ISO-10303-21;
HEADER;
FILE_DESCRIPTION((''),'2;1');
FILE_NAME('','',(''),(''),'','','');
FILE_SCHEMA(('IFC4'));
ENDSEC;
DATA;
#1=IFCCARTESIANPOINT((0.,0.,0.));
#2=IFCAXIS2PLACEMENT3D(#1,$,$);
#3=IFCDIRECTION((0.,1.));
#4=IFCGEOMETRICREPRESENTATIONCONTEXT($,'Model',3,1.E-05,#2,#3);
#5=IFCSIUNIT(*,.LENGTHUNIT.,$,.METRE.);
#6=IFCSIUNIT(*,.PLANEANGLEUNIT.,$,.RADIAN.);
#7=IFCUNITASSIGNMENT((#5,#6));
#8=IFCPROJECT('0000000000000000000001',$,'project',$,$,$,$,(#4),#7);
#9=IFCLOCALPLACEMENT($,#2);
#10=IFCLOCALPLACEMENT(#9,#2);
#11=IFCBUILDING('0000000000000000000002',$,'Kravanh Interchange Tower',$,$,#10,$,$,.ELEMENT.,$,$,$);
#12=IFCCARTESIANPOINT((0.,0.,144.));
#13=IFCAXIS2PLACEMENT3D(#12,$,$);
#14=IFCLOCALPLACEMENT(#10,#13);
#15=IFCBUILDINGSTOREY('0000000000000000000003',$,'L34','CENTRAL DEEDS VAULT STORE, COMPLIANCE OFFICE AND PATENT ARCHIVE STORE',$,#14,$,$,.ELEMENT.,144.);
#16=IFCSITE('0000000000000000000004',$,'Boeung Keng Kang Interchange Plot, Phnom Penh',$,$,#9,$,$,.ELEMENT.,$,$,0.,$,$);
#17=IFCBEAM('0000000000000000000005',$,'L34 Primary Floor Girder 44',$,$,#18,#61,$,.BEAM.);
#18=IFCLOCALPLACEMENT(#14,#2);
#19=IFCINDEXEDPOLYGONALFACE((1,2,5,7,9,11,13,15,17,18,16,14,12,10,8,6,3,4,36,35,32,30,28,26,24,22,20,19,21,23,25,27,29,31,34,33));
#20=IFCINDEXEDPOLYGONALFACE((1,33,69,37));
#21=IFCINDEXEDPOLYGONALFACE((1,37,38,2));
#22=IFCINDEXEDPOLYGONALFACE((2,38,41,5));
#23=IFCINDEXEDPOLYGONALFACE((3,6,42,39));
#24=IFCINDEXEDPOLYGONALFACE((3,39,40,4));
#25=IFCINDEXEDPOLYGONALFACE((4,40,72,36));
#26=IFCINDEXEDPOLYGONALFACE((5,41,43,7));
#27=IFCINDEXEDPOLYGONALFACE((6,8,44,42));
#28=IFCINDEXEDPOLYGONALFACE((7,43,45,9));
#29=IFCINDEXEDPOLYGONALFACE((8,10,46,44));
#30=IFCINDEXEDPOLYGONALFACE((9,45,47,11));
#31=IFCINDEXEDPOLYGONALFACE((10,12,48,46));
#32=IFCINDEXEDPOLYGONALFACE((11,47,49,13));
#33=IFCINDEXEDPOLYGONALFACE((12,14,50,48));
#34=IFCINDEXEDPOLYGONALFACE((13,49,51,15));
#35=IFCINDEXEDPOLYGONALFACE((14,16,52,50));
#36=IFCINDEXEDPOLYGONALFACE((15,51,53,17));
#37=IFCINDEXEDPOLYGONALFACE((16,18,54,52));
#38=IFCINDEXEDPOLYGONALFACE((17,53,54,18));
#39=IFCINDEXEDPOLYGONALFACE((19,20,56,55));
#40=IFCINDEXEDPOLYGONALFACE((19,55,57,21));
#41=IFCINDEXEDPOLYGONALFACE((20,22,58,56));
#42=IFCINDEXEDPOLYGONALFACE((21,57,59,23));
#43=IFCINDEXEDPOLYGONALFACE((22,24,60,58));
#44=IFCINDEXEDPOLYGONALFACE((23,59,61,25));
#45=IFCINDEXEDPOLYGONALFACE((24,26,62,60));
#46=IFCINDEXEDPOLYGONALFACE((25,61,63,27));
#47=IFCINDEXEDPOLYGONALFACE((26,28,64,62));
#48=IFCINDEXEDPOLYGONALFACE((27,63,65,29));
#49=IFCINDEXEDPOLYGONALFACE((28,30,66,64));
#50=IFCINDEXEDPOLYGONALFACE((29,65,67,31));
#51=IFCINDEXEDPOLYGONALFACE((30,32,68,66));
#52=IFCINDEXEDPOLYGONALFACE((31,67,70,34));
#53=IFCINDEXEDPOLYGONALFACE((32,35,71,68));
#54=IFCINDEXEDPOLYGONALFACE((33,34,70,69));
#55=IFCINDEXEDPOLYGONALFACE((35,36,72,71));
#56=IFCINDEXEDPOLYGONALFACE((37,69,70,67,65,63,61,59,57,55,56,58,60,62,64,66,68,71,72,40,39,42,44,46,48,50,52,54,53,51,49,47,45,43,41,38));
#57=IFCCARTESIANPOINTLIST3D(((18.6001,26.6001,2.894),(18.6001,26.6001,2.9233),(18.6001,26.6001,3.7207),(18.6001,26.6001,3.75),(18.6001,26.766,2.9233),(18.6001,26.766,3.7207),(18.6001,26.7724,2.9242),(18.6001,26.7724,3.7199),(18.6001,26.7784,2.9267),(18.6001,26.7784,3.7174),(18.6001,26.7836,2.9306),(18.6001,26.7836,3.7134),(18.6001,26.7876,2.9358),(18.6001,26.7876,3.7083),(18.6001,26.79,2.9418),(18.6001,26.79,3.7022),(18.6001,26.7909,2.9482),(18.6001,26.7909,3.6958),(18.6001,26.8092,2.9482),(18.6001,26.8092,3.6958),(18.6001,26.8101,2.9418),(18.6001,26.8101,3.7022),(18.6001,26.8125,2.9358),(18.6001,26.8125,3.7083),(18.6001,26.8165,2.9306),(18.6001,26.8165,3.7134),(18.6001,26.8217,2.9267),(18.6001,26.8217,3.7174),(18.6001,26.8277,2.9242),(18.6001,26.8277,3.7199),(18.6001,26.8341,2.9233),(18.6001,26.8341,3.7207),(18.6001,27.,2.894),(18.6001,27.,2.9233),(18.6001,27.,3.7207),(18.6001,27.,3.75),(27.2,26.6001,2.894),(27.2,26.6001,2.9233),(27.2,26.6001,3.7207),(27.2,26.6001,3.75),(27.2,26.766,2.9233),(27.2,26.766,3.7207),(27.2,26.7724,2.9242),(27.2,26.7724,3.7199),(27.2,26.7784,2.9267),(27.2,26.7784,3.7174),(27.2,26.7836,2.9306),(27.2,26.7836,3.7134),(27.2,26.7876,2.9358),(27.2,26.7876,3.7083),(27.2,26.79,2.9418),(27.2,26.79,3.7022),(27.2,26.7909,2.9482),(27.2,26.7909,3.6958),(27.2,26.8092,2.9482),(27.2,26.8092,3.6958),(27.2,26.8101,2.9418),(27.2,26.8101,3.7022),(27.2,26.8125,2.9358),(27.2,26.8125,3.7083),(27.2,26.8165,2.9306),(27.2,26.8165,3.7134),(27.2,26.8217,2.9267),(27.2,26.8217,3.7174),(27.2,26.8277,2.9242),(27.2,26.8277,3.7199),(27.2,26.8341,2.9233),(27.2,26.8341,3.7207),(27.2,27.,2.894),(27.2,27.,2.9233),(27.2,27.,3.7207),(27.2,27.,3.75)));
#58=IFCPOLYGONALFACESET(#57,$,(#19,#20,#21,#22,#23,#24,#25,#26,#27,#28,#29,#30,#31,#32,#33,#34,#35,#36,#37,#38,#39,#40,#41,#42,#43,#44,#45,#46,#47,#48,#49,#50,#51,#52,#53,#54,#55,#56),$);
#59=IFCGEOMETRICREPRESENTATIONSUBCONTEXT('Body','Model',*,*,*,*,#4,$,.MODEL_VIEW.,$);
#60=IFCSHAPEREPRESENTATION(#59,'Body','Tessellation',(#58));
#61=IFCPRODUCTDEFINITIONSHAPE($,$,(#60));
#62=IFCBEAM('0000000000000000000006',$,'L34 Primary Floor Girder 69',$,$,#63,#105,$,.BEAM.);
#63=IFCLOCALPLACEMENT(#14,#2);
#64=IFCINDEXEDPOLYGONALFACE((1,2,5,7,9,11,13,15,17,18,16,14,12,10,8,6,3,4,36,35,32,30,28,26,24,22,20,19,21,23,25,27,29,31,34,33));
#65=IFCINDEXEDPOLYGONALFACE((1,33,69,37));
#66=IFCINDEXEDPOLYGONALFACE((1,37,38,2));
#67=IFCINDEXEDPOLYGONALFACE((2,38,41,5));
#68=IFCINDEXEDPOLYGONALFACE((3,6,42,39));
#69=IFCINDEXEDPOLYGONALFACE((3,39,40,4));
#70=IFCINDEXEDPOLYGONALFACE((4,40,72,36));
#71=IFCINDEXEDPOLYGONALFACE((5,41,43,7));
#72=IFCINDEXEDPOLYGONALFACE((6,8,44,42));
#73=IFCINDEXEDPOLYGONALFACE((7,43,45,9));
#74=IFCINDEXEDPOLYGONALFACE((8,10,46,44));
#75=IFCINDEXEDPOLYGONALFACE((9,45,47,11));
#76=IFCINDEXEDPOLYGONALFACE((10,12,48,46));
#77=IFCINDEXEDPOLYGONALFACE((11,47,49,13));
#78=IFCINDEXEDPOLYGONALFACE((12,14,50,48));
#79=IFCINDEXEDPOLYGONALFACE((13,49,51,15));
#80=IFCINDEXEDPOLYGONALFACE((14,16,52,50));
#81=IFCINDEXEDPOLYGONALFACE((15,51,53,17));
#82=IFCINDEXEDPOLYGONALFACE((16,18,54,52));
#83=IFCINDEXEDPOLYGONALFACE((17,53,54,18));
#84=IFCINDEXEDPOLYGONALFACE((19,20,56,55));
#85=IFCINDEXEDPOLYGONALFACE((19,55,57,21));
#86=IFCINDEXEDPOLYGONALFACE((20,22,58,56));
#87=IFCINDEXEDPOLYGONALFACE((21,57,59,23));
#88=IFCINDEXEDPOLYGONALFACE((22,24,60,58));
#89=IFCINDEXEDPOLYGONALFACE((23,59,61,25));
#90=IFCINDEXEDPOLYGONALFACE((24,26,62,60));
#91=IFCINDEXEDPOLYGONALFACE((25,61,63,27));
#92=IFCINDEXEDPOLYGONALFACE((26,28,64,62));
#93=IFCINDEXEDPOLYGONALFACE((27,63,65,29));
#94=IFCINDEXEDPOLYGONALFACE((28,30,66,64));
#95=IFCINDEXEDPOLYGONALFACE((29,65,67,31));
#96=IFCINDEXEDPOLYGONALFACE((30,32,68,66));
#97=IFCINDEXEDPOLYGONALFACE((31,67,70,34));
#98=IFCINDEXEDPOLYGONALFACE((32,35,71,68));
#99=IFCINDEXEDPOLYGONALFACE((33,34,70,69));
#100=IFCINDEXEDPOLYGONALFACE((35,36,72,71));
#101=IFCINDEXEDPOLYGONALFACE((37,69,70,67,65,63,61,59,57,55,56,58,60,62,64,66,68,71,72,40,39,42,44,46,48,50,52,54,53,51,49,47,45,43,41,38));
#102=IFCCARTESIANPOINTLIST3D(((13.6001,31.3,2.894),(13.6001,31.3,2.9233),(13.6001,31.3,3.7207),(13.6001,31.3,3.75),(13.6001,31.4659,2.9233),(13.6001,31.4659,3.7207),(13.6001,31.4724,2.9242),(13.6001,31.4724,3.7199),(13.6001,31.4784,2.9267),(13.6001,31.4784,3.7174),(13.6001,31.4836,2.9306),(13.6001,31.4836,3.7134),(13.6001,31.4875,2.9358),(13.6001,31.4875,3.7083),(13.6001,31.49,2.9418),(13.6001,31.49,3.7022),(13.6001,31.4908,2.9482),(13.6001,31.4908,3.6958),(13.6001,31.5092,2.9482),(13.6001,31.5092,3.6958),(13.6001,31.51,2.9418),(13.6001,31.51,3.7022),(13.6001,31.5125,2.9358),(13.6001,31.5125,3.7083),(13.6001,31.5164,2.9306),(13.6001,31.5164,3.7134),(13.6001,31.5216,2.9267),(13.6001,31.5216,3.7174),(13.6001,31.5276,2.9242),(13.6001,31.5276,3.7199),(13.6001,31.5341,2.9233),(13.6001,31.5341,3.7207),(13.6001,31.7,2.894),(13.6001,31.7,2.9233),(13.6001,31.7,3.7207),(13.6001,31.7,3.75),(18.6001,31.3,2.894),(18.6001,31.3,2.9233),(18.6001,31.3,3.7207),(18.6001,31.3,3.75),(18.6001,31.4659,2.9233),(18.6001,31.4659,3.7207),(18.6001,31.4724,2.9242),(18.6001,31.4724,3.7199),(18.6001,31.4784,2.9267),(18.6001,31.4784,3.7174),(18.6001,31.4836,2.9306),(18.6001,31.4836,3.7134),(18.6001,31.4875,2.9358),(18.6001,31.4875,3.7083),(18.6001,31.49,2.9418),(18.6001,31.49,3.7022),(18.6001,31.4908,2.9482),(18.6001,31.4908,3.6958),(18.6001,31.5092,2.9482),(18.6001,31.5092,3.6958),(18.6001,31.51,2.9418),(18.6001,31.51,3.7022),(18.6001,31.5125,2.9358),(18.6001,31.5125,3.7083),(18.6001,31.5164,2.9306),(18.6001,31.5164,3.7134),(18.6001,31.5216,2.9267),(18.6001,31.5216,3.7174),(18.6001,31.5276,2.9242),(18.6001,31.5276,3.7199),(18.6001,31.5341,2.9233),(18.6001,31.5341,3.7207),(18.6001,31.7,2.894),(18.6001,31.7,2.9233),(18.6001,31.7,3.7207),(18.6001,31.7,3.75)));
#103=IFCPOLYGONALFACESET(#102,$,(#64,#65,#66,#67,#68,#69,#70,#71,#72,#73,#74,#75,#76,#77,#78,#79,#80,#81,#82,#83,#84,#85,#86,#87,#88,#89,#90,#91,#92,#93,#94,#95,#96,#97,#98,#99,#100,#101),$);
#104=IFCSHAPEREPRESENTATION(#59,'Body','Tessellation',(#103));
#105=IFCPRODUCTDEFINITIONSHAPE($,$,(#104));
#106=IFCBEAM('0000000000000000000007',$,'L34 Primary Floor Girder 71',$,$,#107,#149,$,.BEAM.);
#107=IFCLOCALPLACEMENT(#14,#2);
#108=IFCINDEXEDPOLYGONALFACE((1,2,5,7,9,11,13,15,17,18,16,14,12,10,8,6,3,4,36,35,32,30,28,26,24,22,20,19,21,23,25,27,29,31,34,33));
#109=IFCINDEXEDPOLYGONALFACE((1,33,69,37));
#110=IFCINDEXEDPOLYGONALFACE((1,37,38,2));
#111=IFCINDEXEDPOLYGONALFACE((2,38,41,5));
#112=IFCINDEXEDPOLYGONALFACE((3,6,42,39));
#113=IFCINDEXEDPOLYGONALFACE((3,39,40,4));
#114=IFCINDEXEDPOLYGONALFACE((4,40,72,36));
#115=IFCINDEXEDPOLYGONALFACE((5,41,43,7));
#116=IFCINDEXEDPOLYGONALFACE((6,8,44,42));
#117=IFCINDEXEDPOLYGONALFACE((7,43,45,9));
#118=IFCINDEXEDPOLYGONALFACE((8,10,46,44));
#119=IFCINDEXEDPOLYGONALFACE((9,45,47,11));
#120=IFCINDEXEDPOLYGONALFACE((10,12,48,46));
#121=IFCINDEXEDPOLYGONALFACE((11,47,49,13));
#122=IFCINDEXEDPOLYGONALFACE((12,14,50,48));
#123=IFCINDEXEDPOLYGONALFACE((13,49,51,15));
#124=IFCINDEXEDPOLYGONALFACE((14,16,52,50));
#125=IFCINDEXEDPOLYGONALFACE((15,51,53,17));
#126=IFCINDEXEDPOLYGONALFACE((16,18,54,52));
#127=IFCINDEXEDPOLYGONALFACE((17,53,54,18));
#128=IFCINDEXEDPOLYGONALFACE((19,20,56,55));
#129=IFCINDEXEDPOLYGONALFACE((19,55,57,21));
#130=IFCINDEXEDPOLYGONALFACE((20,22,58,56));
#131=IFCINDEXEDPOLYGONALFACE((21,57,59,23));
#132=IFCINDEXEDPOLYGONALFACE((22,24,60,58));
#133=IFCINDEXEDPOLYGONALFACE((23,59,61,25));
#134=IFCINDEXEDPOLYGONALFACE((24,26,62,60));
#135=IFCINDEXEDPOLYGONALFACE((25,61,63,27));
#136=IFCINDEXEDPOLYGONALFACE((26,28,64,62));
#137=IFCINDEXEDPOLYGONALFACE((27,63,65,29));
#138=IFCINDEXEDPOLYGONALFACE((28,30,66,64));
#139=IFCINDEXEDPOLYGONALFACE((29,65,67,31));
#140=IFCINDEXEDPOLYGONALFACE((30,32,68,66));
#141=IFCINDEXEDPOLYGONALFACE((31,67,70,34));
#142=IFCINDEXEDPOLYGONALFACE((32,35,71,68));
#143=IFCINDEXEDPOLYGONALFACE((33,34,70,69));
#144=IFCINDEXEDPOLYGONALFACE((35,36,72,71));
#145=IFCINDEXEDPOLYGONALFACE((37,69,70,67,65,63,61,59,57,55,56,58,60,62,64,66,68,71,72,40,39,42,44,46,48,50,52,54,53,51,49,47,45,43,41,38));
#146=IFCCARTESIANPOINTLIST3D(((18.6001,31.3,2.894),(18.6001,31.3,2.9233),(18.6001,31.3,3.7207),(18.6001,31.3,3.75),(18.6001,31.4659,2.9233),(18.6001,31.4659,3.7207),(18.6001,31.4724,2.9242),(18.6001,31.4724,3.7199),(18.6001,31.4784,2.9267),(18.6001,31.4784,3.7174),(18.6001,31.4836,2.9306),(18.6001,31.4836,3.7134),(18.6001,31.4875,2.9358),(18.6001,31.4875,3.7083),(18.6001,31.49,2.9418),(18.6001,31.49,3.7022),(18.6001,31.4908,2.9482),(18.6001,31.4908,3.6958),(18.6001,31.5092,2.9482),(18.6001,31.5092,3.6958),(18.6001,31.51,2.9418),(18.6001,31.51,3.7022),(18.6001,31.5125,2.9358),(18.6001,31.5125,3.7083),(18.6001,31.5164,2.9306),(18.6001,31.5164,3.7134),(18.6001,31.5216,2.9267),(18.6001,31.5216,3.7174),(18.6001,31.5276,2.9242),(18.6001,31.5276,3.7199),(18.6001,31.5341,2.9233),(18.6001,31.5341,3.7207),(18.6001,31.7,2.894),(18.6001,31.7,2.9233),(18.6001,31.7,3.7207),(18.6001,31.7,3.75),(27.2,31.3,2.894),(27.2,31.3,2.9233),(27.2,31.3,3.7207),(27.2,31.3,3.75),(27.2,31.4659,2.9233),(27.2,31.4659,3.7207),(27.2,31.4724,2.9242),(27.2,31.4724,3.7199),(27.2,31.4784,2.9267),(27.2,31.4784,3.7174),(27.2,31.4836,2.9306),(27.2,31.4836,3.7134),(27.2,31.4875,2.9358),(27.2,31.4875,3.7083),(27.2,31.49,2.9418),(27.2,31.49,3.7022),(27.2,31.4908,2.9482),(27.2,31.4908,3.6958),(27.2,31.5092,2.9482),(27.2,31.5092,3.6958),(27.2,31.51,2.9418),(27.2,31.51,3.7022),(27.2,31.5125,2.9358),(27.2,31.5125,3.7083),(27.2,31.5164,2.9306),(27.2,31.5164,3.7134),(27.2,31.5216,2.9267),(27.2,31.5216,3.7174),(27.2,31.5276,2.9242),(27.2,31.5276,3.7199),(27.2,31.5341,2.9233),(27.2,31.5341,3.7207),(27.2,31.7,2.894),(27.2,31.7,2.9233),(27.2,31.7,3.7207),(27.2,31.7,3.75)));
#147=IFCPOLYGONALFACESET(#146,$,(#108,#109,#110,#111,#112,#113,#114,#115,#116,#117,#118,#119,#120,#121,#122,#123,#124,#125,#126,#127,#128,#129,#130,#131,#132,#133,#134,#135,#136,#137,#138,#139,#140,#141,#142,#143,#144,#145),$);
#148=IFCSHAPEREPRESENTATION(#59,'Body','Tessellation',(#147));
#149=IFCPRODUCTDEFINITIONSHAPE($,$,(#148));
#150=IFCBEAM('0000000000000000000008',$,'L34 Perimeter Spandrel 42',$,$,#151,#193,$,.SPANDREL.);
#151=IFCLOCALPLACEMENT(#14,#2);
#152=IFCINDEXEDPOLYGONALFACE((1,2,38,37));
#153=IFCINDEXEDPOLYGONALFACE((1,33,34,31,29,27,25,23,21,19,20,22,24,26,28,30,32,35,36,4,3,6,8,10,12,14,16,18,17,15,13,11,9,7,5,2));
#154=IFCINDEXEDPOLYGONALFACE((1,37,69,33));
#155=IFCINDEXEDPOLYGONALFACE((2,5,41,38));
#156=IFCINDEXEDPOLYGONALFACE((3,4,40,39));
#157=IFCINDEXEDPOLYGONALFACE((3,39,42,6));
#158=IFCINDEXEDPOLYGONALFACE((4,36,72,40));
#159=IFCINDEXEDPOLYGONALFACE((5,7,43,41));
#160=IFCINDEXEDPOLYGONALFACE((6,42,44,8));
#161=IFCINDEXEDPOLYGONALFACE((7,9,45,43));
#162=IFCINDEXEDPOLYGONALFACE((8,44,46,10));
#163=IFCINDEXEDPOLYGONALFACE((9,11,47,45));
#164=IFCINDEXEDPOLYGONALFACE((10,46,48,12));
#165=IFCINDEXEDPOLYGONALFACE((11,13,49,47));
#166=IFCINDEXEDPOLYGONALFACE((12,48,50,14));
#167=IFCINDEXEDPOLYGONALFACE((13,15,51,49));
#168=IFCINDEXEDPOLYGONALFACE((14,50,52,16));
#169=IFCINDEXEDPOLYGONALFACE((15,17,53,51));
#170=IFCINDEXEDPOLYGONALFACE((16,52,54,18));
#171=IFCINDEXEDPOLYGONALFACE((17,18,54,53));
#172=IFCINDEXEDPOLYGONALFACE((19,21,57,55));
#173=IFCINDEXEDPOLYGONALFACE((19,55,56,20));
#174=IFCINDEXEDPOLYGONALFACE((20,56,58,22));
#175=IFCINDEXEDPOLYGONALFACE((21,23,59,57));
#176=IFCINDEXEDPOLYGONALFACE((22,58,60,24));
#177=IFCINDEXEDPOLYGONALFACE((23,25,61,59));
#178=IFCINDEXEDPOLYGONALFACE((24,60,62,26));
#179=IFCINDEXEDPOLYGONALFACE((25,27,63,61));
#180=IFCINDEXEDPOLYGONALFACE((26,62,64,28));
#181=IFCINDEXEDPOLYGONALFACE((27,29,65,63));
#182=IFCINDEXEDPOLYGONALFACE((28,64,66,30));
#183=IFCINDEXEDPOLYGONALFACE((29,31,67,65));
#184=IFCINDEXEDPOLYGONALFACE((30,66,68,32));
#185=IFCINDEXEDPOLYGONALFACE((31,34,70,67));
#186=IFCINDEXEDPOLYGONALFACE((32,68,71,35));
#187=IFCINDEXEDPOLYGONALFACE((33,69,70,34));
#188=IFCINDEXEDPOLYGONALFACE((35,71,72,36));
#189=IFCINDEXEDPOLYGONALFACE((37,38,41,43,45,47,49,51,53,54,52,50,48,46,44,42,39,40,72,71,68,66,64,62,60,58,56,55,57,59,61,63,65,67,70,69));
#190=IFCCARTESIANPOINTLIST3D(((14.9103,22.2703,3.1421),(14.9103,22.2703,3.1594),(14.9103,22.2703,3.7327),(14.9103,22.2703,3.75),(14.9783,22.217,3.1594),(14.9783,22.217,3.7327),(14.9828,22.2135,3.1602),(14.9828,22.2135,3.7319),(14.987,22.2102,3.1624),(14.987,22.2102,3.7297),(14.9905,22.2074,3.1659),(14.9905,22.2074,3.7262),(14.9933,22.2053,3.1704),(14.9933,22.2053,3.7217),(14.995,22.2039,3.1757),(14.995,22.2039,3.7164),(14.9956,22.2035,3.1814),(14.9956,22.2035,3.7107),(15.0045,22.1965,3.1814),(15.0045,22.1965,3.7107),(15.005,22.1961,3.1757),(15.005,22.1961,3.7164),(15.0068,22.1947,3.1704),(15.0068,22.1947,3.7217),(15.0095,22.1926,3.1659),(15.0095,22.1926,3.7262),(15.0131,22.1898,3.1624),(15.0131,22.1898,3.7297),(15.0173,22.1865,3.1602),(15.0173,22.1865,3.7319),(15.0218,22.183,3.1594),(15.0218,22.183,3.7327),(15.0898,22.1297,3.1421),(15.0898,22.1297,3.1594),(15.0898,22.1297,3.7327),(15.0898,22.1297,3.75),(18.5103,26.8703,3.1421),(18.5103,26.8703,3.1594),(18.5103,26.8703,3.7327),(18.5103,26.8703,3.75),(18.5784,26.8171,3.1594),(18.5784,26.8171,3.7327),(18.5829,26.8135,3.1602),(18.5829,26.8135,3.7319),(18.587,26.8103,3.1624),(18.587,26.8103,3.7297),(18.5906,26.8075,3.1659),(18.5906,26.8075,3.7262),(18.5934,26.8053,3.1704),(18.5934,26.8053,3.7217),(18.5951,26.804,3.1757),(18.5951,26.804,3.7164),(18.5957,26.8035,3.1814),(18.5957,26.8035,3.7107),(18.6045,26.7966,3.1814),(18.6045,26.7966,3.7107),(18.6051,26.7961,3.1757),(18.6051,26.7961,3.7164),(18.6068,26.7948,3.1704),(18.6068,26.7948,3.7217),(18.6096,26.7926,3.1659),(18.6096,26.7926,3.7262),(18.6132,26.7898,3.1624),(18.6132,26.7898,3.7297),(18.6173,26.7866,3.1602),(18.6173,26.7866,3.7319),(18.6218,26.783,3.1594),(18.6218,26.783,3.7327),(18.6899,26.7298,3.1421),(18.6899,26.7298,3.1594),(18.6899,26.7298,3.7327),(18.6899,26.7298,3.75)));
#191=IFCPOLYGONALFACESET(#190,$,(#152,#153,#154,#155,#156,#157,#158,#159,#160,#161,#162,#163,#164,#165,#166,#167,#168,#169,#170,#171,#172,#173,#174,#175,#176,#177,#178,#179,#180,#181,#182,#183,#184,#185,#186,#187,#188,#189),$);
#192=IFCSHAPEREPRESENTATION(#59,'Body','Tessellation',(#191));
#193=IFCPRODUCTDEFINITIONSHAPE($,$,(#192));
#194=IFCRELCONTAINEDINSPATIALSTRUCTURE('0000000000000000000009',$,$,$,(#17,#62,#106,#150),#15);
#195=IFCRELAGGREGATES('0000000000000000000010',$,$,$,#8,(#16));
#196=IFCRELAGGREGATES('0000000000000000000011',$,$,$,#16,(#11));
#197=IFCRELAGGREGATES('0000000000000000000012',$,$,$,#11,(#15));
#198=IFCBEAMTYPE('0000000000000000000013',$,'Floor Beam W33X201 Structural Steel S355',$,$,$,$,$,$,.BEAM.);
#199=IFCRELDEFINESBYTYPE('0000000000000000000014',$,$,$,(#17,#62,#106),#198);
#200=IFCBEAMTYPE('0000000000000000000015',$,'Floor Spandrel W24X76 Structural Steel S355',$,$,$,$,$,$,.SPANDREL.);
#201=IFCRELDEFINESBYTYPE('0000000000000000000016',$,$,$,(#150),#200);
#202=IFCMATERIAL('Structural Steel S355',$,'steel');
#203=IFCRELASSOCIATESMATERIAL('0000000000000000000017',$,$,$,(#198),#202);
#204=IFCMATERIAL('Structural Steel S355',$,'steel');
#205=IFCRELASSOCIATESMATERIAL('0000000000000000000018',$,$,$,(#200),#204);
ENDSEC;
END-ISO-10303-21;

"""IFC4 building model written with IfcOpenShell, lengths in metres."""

from ifc_helpers import new_model, si_unit, direction, frame, origin, origin_2d, place, context, subcontext, project, spatial, i_section, extrude, material, material_profile, profile_set, type_object, element, save


model = new_model("IFC4")

# Units and contexts
model_context = context("Model", 3, precision=1e-05, world=origin(), true_north=direction((0.0, 1.0)))
body_context = subcontext(model_context, "Body", "Model", "MODEL_VIEW")
ifc_project = project(units=[si_unit("LENGTHUNIT", "METRE"), si_unit("PLANEANGLEUNIT", "RADIAN")], contexts=[model_context])

# Site, building, storey
site_placement = place(None, origin())
site = spatial("IfcSite", under=ifc_project, at=site_placement, Name="Boeung Keng Kang Interchange Plot, Phnom Penh", CompositionType="ELEMENT", RefElevation=0.0)
building_placement = place(site_placement, origin())
building = spatial("IfcBuilding", under=site, at=building_placement, Name="Kravanh Interchange Tower", CompositionType="ELEMENT")
storey_placement = place(building_placement, frame((0.0, 0.0, 144.0)))
storey = spatial("IfcBuildingStorey", under=building, at=storey_placement, Name="L34", Description="CENTRAL DEEDS VAULT STORE, COMPLIANCE OFFICE AND PATENT ARCHIVE STORE", CompositionType="ELEMENT", Elevation=144.0)

# Beams
ifc_material_1 = material(Name="Structural Steel S355", Category="steel")
ifc_material_profile_1 = material_profile(ifc_material_1, i_section(OverallWidth=0.3999, OverallDepth=0.856, WebThickness=0.0183, FlangeThickness=0.0293, FilletRadius=0.0249, at=origin_2d()), Name="W33X201")
ifc_profile_set_1 = profile_set([ifc_material_profile_1], Name="Structural Steel S355")
beam_type_1 = type_object("IfcBeamType", Name="Floor Beam W33X201 Structural Steel S355", PredefinedType="BEAM", material=ifc_profile_set_1)
beam_1_placement = place(storey_placement, frame((18.6001, 26.8, 3.322), z_axis=(1.0, 0.0, 0.0), x_axis=(0.0, 1.0, 0.0)))
element("IfcBeam", 1, at=beam_1_placement, inside=storey, type_object=beam_type_1, Name="L34 Primary Floor Girder 44", PredefinedType="BEAM", context=body_context, shape_type="SweptSolid", body=[
    extrude(i_section(OverallWidth=0.3999, OverallDepth=0.856, WebThickness=0.0183, FlangeThickness=0.0293, FilletRadius=0.0249, at=origin_2d()), origin(), (0.0, 0.0, 1.0), 8.5999),
])
beam_2_placement = place(storey_placement, frame((13.6001, 31.5, 3.322), z_axis=(1.0, 0.0, 0.0), x_axis=(0.0, 1.0, 0.0)))
element("IfcBeam", 2, at=beam_2_placement, inside=storey, type_object=beam_type_1, Name="L34 Primary Floor Girder 69", PredefinedType="BEAM", context=body_context, shape_type="SweptSolid", body=[
    extrude(i_section(OverallWidth=0.3999, OverallDepth=0.856, WebThickness=0.0183, FlangeThickness=0.0293, FilletRadius=0.0249, at=origin_2d()), origin(), (0.0, 0.0, 1.0), 5.0),
])
beam_3_placement = place(storey_placement, frame((18.6001, 31.5, 3.322), z_axis=(1.0, 0.0, 0.0), x_axis=(0.0, 1.0, 0.0)))
element("IfcBeam", 3, at=beam_3_placement, inside=storey, type_object=beam_type_1, Name="L34 Primary Floor Girder 71", PredefinedType="BEAM", context=body_context, shape_type="SweptSolid", body=[
    extrude(i_section(OverallWidth=0.3999, OverallDepth=0.856, WebThickness=0.0183, FlangeThickness=0.0293, FilletRadius=0.0249, at=origin_2d()), origin(), (0.0, 0.0, 1.0), 8.5999),
])
ifc_material_2 = material(Name="Structural Steel S355", Category="steel")
ifc_material_profile_2 = material_profile(ifc_material_2, i_section(OverallWidth=0.228, OverallDepth=0.6079, WebThickness=0.0112, FlangeThickness=0.0173, FilletRadius=0.022, at=origin_2d()), Name="W24X76")
ifc_profile_set_2 = profile_set([ifc_material_profile_2], Name="Structural Steel S355")
beam_type_2 = type_object("IfcBeamType", Name="Floor Spandrel W24X76 Structural Steel S355", PredefinedType="SPANDREL", material=ifc_profile_set_2)
beam_4_placement = place(storey_placement, frame((18.6001, 26.8, 3.446), z_axis=(-0.616311, -0.787503, 0.0), x_axis=(0.787503, -0.616311, 0.0)))
element("IfcBeam", 4, at=beam_4_placement, inside=storey, type_object=beam_type_2, Name="L34 Perimeter Spandrel 42", PredefinedType="SPANDREL", context=body_context, shape_type="SweptSolid", body=[
    extrude(i_section(OverallWidth=0.228, OverallDepth=0.6079, WebThickness=0.0112, FlangeThickness=0.0173, FilletRadius=0.022, at=origin_2d()), origin(), (0.0, 0.0, 1.0), 5.8413),
])

save(model, "model.ifc")
